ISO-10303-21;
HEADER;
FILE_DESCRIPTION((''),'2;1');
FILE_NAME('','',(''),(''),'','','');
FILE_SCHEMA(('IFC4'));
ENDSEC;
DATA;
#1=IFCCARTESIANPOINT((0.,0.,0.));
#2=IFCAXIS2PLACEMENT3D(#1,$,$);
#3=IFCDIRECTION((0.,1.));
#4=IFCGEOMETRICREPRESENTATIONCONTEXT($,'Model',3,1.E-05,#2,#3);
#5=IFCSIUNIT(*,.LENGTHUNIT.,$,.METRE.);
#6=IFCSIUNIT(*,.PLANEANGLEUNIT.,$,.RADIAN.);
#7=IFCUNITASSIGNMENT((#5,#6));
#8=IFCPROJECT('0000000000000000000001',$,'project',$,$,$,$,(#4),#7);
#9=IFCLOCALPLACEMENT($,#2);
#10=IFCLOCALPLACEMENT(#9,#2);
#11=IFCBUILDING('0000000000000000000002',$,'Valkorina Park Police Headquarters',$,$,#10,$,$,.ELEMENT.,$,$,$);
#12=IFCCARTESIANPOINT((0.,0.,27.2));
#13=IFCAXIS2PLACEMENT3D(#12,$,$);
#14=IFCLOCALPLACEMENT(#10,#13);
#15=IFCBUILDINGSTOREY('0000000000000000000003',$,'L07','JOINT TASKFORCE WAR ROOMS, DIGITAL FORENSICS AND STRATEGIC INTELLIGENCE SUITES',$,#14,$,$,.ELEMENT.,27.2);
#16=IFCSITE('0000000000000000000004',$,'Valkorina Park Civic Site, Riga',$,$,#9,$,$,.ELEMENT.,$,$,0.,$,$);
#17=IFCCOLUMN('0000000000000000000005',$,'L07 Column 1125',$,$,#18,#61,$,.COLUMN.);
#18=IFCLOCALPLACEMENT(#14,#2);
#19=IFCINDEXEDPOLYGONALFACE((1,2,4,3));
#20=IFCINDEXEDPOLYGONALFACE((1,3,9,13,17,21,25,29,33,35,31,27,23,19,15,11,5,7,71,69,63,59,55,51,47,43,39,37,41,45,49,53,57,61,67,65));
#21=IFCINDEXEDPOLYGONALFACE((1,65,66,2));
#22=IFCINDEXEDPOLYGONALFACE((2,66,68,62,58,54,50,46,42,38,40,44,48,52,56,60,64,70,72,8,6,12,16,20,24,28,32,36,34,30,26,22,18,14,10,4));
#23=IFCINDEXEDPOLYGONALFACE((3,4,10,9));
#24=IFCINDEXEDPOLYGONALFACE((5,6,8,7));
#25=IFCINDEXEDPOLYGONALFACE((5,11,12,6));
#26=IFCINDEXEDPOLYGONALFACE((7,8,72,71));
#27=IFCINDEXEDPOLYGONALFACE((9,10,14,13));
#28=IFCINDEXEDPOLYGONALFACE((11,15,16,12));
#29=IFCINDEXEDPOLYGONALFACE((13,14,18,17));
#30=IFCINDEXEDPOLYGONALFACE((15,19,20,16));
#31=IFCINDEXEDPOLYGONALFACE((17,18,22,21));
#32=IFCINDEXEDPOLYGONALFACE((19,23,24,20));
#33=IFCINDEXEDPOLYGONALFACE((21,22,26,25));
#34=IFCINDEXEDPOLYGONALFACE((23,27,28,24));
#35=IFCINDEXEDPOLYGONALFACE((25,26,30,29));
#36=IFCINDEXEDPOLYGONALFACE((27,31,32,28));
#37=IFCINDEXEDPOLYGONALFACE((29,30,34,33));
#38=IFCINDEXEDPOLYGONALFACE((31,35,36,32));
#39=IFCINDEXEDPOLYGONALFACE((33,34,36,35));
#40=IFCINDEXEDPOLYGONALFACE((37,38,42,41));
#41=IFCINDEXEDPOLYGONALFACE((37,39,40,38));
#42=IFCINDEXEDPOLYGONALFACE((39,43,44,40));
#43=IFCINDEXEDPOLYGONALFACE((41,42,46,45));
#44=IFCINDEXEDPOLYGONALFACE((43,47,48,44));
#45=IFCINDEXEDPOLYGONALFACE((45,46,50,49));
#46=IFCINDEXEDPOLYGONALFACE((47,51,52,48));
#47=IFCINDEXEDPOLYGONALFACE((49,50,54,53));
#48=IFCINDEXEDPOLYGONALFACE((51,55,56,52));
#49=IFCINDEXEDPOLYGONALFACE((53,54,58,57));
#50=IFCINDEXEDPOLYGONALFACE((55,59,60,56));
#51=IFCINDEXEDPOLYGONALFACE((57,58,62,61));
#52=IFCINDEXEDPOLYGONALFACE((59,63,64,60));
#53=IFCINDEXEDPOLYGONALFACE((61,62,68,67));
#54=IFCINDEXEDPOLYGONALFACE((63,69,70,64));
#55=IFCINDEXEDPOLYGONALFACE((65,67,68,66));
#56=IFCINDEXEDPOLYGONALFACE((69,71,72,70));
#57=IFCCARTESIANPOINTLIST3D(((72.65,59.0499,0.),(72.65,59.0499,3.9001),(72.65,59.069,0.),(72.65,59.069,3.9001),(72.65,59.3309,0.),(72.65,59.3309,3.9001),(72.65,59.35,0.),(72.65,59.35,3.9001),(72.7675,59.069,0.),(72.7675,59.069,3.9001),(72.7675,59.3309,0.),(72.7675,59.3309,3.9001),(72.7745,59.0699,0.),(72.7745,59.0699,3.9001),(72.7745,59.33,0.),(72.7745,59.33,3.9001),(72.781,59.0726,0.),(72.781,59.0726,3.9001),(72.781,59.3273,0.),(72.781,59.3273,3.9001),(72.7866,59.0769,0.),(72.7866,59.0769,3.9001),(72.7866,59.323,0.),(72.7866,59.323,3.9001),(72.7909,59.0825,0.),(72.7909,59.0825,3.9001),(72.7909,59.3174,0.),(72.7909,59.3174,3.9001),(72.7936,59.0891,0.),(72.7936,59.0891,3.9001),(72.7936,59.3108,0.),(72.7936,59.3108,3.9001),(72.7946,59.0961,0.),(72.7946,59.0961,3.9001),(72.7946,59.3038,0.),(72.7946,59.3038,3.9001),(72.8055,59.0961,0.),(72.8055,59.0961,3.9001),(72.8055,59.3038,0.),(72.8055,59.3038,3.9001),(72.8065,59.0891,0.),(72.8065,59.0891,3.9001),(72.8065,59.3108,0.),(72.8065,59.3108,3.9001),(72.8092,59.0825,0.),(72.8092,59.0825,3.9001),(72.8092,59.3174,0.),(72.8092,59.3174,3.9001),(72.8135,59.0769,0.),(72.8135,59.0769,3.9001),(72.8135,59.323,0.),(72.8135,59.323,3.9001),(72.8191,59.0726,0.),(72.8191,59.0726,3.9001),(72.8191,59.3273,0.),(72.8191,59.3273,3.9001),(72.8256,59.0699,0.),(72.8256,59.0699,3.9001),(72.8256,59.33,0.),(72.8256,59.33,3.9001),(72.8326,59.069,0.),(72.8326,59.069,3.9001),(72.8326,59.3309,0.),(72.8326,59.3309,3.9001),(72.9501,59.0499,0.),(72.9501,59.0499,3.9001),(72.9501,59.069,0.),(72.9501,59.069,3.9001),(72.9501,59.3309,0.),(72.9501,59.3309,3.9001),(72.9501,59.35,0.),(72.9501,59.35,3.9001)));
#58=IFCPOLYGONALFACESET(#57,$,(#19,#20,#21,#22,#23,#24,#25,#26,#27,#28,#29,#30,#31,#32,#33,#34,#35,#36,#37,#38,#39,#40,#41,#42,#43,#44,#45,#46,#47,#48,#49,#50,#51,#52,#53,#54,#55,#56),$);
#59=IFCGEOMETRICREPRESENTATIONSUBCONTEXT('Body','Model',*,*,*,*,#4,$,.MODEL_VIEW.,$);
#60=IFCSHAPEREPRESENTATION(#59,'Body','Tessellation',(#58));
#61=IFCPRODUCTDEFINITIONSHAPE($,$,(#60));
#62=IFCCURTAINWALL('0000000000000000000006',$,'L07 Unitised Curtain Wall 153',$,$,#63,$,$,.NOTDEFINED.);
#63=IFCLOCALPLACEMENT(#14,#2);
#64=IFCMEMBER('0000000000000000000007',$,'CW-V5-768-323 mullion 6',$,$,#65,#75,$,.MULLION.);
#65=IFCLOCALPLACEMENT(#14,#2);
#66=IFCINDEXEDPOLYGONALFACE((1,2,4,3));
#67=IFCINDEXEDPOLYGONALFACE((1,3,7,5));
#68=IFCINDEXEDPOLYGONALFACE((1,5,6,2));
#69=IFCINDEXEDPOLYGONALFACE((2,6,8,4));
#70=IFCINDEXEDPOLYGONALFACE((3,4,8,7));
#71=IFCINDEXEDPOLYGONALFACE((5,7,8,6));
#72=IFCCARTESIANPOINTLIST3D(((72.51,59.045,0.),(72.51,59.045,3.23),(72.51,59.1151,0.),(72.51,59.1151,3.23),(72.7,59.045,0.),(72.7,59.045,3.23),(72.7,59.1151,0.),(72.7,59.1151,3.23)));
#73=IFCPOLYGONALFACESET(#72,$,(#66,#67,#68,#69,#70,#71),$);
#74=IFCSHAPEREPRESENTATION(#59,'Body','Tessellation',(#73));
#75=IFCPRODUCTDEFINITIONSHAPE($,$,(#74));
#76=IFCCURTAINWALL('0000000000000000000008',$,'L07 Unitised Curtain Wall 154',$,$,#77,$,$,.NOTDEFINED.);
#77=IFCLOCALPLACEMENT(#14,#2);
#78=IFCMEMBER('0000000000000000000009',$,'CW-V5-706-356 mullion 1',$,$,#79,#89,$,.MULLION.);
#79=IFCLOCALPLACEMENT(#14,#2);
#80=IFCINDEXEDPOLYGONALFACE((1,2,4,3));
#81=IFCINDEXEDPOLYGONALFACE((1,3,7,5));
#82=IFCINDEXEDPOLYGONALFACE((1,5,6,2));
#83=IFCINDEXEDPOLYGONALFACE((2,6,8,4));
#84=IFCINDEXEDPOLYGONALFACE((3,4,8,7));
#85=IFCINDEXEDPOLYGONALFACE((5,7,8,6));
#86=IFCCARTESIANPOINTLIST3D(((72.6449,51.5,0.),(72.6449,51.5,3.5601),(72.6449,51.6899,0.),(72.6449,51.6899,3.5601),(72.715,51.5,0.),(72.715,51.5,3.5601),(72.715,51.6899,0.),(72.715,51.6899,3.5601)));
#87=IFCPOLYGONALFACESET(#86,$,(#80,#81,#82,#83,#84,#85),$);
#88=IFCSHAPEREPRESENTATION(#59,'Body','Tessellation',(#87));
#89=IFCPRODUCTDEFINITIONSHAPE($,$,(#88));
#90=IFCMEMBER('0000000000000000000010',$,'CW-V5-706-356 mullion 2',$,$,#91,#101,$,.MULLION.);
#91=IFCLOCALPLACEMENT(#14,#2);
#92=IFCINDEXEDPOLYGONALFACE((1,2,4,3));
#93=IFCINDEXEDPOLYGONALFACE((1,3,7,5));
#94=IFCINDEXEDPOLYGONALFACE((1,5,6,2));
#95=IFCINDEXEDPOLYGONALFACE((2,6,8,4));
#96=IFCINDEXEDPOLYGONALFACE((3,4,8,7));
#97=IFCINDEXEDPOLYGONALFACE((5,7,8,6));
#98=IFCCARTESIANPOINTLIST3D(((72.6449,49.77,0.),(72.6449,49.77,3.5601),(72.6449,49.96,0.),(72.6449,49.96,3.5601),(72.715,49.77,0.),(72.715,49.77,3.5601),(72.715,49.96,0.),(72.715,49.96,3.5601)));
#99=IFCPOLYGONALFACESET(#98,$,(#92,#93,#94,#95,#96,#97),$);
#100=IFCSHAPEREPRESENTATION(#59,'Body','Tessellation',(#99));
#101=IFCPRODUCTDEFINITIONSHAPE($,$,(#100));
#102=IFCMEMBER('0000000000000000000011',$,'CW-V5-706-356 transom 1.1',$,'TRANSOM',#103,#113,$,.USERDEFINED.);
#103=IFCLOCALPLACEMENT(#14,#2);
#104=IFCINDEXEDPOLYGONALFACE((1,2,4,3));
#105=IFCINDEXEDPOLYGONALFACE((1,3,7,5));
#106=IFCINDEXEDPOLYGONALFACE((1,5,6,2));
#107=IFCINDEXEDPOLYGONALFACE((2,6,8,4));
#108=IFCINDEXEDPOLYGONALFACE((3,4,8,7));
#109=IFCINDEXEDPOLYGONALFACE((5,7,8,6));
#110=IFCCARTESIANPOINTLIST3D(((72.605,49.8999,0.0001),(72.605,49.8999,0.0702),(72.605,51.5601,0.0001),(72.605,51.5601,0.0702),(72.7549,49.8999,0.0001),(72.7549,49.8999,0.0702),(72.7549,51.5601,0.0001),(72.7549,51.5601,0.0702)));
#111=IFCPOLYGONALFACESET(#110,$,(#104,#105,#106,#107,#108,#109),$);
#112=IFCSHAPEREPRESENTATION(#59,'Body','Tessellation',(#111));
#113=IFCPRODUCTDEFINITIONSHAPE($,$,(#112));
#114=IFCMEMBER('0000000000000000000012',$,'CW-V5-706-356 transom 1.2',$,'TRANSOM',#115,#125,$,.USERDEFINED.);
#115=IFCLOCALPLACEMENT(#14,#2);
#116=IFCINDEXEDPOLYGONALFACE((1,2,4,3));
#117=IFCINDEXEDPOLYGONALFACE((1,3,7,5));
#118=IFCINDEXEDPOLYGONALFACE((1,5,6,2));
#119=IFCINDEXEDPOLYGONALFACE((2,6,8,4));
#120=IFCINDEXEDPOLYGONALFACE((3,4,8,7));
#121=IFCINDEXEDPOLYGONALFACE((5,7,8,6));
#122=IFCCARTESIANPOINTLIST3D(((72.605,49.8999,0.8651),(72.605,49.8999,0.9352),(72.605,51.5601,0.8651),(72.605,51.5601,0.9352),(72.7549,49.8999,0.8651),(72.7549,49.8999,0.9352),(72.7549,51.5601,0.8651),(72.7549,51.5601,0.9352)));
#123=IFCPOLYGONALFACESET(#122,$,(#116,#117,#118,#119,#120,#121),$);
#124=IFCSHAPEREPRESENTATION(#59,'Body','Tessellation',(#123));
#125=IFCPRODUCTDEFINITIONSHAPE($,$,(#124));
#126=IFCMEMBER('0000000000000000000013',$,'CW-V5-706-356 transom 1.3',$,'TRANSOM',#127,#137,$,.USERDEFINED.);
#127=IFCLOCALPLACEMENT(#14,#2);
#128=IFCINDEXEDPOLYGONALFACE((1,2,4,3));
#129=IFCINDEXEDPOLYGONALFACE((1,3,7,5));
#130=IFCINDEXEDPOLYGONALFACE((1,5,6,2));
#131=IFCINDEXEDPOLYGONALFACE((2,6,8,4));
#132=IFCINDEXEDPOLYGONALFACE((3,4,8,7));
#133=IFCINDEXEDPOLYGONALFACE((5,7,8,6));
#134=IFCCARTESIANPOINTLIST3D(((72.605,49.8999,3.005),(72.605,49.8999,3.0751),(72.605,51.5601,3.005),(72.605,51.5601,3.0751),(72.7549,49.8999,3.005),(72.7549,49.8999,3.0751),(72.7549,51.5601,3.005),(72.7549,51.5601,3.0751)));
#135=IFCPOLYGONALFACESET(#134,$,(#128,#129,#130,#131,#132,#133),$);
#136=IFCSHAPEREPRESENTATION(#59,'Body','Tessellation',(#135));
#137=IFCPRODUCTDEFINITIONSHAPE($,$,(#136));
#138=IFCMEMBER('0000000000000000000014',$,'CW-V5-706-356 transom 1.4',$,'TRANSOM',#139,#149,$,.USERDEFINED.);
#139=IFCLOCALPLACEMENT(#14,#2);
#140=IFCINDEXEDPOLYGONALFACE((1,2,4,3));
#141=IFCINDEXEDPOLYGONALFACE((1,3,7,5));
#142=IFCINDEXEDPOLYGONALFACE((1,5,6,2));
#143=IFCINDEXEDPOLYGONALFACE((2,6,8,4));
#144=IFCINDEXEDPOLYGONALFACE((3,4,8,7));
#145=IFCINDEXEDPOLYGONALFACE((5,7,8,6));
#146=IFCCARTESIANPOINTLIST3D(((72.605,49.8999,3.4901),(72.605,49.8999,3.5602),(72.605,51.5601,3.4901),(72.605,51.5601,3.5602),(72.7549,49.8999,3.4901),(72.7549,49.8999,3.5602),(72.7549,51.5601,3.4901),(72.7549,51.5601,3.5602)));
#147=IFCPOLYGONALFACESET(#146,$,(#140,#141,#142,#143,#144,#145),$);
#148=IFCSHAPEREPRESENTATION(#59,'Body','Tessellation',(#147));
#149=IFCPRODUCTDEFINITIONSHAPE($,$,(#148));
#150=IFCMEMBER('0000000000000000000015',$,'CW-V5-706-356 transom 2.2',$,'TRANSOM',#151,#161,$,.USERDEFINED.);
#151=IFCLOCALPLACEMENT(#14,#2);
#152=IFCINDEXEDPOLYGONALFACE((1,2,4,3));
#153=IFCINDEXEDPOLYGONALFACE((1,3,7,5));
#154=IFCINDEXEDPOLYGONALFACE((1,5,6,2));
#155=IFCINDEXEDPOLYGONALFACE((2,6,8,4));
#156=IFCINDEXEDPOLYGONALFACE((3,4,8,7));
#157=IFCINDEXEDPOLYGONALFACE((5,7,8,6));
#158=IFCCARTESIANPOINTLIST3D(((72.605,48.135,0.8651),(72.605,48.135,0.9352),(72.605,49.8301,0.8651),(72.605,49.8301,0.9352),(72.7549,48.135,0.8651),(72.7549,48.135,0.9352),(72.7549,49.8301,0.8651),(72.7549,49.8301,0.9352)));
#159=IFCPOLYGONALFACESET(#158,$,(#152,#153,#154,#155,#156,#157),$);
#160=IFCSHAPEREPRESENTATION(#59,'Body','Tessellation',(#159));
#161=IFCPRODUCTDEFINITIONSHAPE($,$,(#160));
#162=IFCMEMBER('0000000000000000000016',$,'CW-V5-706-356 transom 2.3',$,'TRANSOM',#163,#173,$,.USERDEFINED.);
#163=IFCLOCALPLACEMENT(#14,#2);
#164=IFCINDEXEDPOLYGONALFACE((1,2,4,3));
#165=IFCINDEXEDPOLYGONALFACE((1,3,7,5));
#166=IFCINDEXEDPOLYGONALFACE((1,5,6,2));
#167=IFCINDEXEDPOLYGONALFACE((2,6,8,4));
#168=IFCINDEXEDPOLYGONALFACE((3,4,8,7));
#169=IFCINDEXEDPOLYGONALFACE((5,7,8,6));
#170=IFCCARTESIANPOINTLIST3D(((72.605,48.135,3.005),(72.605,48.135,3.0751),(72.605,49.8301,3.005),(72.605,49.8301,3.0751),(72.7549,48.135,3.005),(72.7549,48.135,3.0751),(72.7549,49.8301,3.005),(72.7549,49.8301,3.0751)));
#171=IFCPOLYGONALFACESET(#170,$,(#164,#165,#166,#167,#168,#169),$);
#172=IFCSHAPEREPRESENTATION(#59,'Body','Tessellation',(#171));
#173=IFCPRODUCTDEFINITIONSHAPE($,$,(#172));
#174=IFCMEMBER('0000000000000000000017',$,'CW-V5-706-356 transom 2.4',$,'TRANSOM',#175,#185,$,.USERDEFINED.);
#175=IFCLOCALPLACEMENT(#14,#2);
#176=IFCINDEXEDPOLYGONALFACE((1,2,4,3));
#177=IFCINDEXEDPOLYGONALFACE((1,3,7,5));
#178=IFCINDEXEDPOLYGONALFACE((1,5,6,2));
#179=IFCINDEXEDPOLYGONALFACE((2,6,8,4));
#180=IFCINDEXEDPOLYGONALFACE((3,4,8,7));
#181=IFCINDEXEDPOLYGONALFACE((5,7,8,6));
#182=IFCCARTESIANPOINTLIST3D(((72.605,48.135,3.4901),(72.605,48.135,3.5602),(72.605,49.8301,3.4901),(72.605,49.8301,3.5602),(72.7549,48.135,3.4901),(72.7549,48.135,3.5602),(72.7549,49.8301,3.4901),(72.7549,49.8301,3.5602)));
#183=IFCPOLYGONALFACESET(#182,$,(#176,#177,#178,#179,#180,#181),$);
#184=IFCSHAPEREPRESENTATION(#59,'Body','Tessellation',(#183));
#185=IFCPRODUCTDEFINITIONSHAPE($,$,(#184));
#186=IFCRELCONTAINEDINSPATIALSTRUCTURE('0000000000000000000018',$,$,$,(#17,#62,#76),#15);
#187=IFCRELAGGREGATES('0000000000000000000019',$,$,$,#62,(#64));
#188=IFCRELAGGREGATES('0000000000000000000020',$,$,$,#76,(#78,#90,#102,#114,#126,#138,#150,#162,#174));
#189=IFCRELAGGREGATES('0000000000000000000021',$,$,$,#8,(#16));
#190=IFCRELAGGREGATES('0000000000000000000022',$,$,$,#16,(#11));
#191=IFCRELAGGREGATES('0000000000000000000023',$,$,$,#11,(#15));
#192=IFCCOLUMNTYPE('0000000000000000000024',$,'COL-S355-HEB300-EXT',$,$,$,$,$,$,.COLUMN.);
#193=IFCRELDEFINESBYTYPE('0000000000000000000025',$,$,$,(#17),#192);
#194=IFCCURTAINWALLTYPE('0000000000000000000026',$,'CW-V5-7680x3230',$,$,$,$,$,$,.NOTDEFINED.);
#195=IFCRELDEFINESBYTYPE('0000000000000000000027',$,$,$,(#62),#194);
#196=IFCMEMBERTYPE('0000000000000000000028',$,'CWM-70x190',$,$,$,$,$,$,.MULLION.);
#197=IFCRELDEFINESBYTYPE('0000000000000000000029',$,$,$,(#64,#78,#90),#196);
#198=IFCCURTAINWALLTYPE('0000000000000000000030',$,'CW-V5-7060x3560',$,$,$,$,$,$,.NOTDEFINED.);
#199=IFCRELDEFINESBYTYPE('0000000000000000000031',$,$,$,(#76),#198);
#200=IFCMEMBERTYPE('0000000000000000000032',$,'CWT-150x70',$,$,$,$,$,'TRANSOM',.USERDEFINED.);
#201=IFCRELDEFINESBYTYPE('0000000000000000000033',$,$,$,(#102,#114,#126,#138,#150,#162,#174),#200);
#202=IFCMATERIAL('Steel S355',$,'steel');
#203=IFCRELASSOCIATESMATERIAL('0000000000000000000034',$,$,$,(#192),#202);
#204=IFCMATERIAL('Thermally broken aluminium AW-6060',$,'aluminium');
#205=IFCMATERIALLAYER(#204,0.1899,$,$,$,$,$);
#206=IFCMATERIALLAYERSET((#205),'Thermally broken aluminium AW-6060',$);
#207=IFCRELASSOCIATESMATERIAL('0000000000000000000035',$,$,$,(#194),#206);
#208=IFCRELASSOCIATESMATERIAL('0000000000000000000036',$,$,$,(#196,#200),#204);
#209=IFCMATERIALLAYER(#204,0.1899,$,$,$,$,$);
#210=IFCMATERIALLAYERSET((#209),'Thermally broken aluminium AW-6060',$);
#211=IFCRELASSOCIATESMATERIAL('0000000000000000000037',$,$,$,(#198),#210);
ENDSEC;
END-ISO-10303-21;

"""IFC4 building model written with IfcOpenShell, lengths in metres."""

from ifc_helpers import new_model, si_unit, direction, frame, origin, origin_2d, place, context, subcontext, project, spatial, rectangle, i_section, extrude, material, layer, layer_set, material_profile, profile_set, type_object, element, aggregate, save


model = new_model("IFC4")

# Units and contexts
model_context = context("Model", 3, precision=1e-05, world=origin(), true_north=direction((0.0, 1.0)))
body_context = subcontext(model_context, "Body", "Model", "MODEL_VIEW")
ifc_project = project(units=[si_unit("LENGTHUNIT", "METRE"), si_unit("PLANEANGLEUNIT", "RADIAN")], contexts=[model_context])

# Site, building, storey
site_placement = place(None, origin())
site = spatial("IfcSite", under=ifc_project, at=site_placement, Name="Valkorina Park Civic Site, Riga", CompositionType="ELEMENT", RefElevation=0.0)
building_placement = place(site_placement, origin())
building = spatial("IfcBuilding", under=site, at=building_placement, Name="Valkorina Park Police Headquarters", CompositionType="ELEMENT")
storey_placement = place(building_placement, frame((0.0, 0.0, 27.2)))
storey = spatial("IfcBuildingStorey", under=building, at=storey_placement, Name="L07", Description="JOINT TASKFORCE WAR ROOMS, DIGITAL FORENSICS AND STRATEGIC INTELLIGENCE SUITES", CompositionType="ELEMENT", Elevation=27.2)

# Column
ifc_material_1 = material(Name="Steel S355", Category="steel")
ifc_material_profile_1 = material_profile(ifc_material_1, i_section(OverallWidth=0.3, OverallDepth=0.3, WebThickness=0.011, FlangeThickness=0.019, FilletRadius=0.0271, at=origin_2d()), Name="HEB 300")
ifc_profile_set_1 = profile_set([ifc_material_profile_1], Name="Steel S355")
column_type = type_object("IfcColumnType", Name="COL-S355-HEB300-EXT", PredefinedType="COLUMN", material=ifc_profile_set_1)
column_placement = place(storey_placement, frame((72.8, 59.2, 0.0), z_axis=(0.0, 0.0, 1.0), x_axis=(1.0, 0.0, 0.0)))
element("IfcColumn", 1, at=column_placement, inside=storey, type_object=column_type, Name="L07 Column 1125", PredefinedType="COLUMN", context=body_context, shape_type="SweptSolid", body=[
    extrude(i_section(OverallWidth=0.3, OverallDepth=0.3, WebThickness=0.011, FlangeThickness=0.019, FilletRadius=0.0271, at=origin_2d()), origin(), (0.0, 0.0, 1.0), 3.9001),
])

# Curtain wall, member
ifc_material_2 = material(Name="Thermally broken aluminium AW-6060", Category="aluminium")
ifc_layer_1 = layer(ifc_material_2, 0.1899)
ifc_layer_set_1 = layer_set([ifc_layer_1], Name="Thermally broken aluminium AW-6060")
curtain_wall_type_1 = type_object("IfcCurtainWallType", Name="CW-V5-7680x3230", PredefinedType="NOTDEFINED", material=ifc_layer_set_1)
curtain_wall_1_placement = place(storey_placement, origin())
curtain_wall_1 = element("IfcCurtainWall", 2, at=curtain_wall_1_placement, inside=storey, type_object=curtain_wall_type_1, Name="L07 Unitised Curtain Wall 153", PredefinedType="NOTDEFINED")
ifc_material_profile_2 = material_profile(ifc_material_2, rectangle(XDim=0.0701, YDim=0.1899, at=origin_2d()), Name="CWM-02 70x190")
ifc_profile_set_2 = profile_set([ifc_material_profile_2], Name="Thermally broken aluminium AW-6060")
member_type_1 = type_object("IfcMemberType", Name="CWM-70x190", PredefinedType="MULLION", material=ifc_profile_set_2)
member_1_placement = place(storey_placement, frame((72.605, 59.0801, 0.0), z_axis=(0.0, 0.0, 1.0), x_axis=(0.0, 1.0, 0.0)))
member_1 = element("IfcMember", 3, at=member_1_placement, type_object=member_type_1, Name="CW-V5-768-323 mullion 6", PredefinedType="MULLION", context=body_context, shape_type="SweptSolid", body=[
    extrude(rectangle(XDim=0.0701, YDim=0.1899, at=origin_2d()), origin(), (0.0, 0.0, 1.0), 3.23),
])

# Curtain wall, members
ifc_layer_2 = layer(ifc_material_2, 0.1899)
ifc_layer_set_2 = layer_set([ifc_layer_2], Name="Thermally broken aluminium AW-6060")
curtain_wall_type_2 = type_object("IfcCurtainWallType", Name="CW-V5-7060x3560", PredefinedType="NOTDEFINED", material=ifc_layer_set_2)
curtain_wall_2_placement = place(storey_placement, origin())
curtain_wall_2 = element("IfcCurtainWall", 4, at=curtain_wall_2_placement, inside=storey, type_object=curtain_wall_type_2, Name="L07 Unitised Curtain Wall 154", PredefinedType="NOTDEFINED")
member_2_placement = place(storey_placement, frame((72.6799, 51.595, 0.0), z_axis=(0.0, 0.0, 1.0), x_axis=(1.0, 0.0, 0.0)))
member_2 = element("IfcMember", 5, at=member_2_placement, type_object=member_type_1, Name="CW-V5-706-356 mullion 1", PredefinedType="MULLION", context=body_context, shape_type="SweptSolid", body=[
    extrude(rectangle(XDim=0.0701, YDim=0.1899, at=origin_2d()), origin(), (0.0, 0.0, 1.0), 3.5601),
])
member_3_placement = place(storey_placement, frame((72.6799, 49.865, 0.0), z_axis=(0.0, 0.0, 1.0), x_axis=(1.0, 0.0, 0.0)))
member_3 = element("IfcMember", 6, at=member_3_placement, type_object=member_type_1, Name="CW-V5-706-356 mullion 2", PredefinedType="MULLION", context=body_context, shape_type="SweptSolid", body=[
    extrude(rectangle(XDim=0.0701, YDim=0.1899, at=origin_2d()), origin(), (0.0, 0.0, 1.0), 3.5601),
])
ifc_material_profile_3 = material_profile(ifc_material_2, rectangle(XDim=0.1499, YDim=0.0701, at=origin_2d()), Name="CWT-02 150x70")
ifc_profile_set_3 = profile_set([ifc_material_profile_3], Name="Thermally broken aluminium AW-6060")
member_type_2 = type_object("IfcMemberType", Name="CWT-150x70", ElementType="TRANSOM", PredefinedType="USERDEFINED", material=ifc_profile_set_3)
member_4_placement = place(storey_placement, frame((72.6799, 51.5601, 0.0352), z_axis=(0.0, -1.0, 0.0), x_axis=(1.0, 0.0, 0.0)))
member_4 = element("IfcMember", 7, at=member_4_placement, type_object=member_type_2, Name="CW-V5-706-356 transom 1.1", ObjectType="TRANSOM", PredefinedType="USERDEFINED", context=body_context, shape_type="SweptSolid", body=[
    extrude(rectangle(XDim=0.1499, YDim=0.0701, at=origin_2d()), origin(), (0.0, 0.0, 1.0), 1.6602),
])
member_5_placement = place(storey_placement, frame((72.6799, 51.5601, 0.9001), z_axis=(0.0, -1.0, 0.0), x_axis=(1.0, 0.0, 0.0)))
member_5 = element("IfcMember", 8, at=member_5_placement, type_object=member_type_2, Name="CW-V5-706-356 transom 1.2", ObjectType="TRANSOM", PredefinedType="USERDEFINED", context=body_context, shape_type="SweptSolid", body=[
    extrude(rectangle(XDim=0.1499, YDim=0.0701, at=origin_2d()), origin(), (0.0, 0.0, 1.0), 1.6602),
])
member_6_placement = place(storey_placement, frame((72.6799, 51.5601, 3.04), z_axis=(0.0, -1.0, 0.0), x_axis=(1.0, 0.0, 0.0)))
member_6 = element("IfcMember", 9, at=member_6_placement, type_object=member_type_2, Name="CW-V5-706-356 transom 1.3", ObjectType="TRANSOM", PredefinedType="USERDEFINED", context=body_context, shape_type="SweptSolid", body=[
    extrude(rectangle(XDim=0.1499, YDim=0.0701, at=origin_2d()), origin(), (0.0, 0.0, 1.0), 1.6602),
])
member_7_placement = place(storey_placement, frame((72.6799, 51.5601, 3.5251), z_axis=(0.0, -1.0, 0.0), x_axis=(1.0, 0.0, 0.0)))
member_7 = element("IfcMember", 10, at=member_7_placement, type_object=member_type_2, Name="CW-V5-706-356 transom 1.4", ObjectType="TRANSOM", PredefinedType="USERDEFINED", context=body_context, shape_type="SweptSolid", body=[
    extrude(rectangle(XDim=0.1499, YDim=0.0701, at=origin_2d()), origin(), (0.0, 0.0, 1.0), 1.6602),
])
member_8_placement = place(storey_placement, frame((72.6799, 49.8301, 0.9001), z_axis=(0.0, -1.0, 0.0), x_axis=(1.0, 0.0, 0.0)))
member_8 = element("IfcMember", 11, at=member_8_placement, type_object=member_type_2, Name="CW-V5-706-356 transom 2.2", ObjectType="TRANSOM", PredefinedType="USERDEFINED", context=body_context, shape_type="SweptSolid", body=[
    extrude(rectangle(XDim=0.1499, YDim=0.0701, at=origin_2d()), origin(), (0.0, 0.0, 1.0), 1.6951),
])
member_9_placement = place(storey_placement, frame((72.6799, 49.8301, 3.04), z_axis=(0.0, -1.0, 0.0), x_axis=(1.0, 0.0, 0.0)))
member_9 = element("IfcMember", 12, at=member_9_placement, type_object=member_type_2, Name="CW-V5-706-356 transom 2.3", ObjectType="TRANSOM", PredefinedType="USERDEFINED", context=body_context, shape_type="SweptSolid", body=[
    extrude(rectangle(XDim=0.1499, YDim=0.0701, at=origin_2d()), origin(), (0.0, 0.0, 1.0), 1.6951),
])
member_10_placement = place(storey_placement, frame((72.6799, 49.8301, 3.5251), z_axis=(0.0, -1.0, 0.0), x_axis=(1.0, 0.0, 0.0)))
member_10 = element("IfcMember", 13, at=member_10_placement, type_object=member_type_2, Name="CW-V5-706-356 transom 2.4", ObjectType="TRANSOM", PredefinedType="USERDEFINED", context=body_context, shape_type="SweptSolid", body=[
    extrude(rectangle(XDim=0.1499, YDim=0.0701, at=origin_2d()), origin(), (0.0, 0.0, 1.0), 1.6951),
])

aggregate(curtain_wall_1, [member_1])
aggregate(curtain_wall_2, [member_2, member_3, member_4, member_5, member_6, member_7, member_8, member_9, member_10])

save(model, "model.ifc")
